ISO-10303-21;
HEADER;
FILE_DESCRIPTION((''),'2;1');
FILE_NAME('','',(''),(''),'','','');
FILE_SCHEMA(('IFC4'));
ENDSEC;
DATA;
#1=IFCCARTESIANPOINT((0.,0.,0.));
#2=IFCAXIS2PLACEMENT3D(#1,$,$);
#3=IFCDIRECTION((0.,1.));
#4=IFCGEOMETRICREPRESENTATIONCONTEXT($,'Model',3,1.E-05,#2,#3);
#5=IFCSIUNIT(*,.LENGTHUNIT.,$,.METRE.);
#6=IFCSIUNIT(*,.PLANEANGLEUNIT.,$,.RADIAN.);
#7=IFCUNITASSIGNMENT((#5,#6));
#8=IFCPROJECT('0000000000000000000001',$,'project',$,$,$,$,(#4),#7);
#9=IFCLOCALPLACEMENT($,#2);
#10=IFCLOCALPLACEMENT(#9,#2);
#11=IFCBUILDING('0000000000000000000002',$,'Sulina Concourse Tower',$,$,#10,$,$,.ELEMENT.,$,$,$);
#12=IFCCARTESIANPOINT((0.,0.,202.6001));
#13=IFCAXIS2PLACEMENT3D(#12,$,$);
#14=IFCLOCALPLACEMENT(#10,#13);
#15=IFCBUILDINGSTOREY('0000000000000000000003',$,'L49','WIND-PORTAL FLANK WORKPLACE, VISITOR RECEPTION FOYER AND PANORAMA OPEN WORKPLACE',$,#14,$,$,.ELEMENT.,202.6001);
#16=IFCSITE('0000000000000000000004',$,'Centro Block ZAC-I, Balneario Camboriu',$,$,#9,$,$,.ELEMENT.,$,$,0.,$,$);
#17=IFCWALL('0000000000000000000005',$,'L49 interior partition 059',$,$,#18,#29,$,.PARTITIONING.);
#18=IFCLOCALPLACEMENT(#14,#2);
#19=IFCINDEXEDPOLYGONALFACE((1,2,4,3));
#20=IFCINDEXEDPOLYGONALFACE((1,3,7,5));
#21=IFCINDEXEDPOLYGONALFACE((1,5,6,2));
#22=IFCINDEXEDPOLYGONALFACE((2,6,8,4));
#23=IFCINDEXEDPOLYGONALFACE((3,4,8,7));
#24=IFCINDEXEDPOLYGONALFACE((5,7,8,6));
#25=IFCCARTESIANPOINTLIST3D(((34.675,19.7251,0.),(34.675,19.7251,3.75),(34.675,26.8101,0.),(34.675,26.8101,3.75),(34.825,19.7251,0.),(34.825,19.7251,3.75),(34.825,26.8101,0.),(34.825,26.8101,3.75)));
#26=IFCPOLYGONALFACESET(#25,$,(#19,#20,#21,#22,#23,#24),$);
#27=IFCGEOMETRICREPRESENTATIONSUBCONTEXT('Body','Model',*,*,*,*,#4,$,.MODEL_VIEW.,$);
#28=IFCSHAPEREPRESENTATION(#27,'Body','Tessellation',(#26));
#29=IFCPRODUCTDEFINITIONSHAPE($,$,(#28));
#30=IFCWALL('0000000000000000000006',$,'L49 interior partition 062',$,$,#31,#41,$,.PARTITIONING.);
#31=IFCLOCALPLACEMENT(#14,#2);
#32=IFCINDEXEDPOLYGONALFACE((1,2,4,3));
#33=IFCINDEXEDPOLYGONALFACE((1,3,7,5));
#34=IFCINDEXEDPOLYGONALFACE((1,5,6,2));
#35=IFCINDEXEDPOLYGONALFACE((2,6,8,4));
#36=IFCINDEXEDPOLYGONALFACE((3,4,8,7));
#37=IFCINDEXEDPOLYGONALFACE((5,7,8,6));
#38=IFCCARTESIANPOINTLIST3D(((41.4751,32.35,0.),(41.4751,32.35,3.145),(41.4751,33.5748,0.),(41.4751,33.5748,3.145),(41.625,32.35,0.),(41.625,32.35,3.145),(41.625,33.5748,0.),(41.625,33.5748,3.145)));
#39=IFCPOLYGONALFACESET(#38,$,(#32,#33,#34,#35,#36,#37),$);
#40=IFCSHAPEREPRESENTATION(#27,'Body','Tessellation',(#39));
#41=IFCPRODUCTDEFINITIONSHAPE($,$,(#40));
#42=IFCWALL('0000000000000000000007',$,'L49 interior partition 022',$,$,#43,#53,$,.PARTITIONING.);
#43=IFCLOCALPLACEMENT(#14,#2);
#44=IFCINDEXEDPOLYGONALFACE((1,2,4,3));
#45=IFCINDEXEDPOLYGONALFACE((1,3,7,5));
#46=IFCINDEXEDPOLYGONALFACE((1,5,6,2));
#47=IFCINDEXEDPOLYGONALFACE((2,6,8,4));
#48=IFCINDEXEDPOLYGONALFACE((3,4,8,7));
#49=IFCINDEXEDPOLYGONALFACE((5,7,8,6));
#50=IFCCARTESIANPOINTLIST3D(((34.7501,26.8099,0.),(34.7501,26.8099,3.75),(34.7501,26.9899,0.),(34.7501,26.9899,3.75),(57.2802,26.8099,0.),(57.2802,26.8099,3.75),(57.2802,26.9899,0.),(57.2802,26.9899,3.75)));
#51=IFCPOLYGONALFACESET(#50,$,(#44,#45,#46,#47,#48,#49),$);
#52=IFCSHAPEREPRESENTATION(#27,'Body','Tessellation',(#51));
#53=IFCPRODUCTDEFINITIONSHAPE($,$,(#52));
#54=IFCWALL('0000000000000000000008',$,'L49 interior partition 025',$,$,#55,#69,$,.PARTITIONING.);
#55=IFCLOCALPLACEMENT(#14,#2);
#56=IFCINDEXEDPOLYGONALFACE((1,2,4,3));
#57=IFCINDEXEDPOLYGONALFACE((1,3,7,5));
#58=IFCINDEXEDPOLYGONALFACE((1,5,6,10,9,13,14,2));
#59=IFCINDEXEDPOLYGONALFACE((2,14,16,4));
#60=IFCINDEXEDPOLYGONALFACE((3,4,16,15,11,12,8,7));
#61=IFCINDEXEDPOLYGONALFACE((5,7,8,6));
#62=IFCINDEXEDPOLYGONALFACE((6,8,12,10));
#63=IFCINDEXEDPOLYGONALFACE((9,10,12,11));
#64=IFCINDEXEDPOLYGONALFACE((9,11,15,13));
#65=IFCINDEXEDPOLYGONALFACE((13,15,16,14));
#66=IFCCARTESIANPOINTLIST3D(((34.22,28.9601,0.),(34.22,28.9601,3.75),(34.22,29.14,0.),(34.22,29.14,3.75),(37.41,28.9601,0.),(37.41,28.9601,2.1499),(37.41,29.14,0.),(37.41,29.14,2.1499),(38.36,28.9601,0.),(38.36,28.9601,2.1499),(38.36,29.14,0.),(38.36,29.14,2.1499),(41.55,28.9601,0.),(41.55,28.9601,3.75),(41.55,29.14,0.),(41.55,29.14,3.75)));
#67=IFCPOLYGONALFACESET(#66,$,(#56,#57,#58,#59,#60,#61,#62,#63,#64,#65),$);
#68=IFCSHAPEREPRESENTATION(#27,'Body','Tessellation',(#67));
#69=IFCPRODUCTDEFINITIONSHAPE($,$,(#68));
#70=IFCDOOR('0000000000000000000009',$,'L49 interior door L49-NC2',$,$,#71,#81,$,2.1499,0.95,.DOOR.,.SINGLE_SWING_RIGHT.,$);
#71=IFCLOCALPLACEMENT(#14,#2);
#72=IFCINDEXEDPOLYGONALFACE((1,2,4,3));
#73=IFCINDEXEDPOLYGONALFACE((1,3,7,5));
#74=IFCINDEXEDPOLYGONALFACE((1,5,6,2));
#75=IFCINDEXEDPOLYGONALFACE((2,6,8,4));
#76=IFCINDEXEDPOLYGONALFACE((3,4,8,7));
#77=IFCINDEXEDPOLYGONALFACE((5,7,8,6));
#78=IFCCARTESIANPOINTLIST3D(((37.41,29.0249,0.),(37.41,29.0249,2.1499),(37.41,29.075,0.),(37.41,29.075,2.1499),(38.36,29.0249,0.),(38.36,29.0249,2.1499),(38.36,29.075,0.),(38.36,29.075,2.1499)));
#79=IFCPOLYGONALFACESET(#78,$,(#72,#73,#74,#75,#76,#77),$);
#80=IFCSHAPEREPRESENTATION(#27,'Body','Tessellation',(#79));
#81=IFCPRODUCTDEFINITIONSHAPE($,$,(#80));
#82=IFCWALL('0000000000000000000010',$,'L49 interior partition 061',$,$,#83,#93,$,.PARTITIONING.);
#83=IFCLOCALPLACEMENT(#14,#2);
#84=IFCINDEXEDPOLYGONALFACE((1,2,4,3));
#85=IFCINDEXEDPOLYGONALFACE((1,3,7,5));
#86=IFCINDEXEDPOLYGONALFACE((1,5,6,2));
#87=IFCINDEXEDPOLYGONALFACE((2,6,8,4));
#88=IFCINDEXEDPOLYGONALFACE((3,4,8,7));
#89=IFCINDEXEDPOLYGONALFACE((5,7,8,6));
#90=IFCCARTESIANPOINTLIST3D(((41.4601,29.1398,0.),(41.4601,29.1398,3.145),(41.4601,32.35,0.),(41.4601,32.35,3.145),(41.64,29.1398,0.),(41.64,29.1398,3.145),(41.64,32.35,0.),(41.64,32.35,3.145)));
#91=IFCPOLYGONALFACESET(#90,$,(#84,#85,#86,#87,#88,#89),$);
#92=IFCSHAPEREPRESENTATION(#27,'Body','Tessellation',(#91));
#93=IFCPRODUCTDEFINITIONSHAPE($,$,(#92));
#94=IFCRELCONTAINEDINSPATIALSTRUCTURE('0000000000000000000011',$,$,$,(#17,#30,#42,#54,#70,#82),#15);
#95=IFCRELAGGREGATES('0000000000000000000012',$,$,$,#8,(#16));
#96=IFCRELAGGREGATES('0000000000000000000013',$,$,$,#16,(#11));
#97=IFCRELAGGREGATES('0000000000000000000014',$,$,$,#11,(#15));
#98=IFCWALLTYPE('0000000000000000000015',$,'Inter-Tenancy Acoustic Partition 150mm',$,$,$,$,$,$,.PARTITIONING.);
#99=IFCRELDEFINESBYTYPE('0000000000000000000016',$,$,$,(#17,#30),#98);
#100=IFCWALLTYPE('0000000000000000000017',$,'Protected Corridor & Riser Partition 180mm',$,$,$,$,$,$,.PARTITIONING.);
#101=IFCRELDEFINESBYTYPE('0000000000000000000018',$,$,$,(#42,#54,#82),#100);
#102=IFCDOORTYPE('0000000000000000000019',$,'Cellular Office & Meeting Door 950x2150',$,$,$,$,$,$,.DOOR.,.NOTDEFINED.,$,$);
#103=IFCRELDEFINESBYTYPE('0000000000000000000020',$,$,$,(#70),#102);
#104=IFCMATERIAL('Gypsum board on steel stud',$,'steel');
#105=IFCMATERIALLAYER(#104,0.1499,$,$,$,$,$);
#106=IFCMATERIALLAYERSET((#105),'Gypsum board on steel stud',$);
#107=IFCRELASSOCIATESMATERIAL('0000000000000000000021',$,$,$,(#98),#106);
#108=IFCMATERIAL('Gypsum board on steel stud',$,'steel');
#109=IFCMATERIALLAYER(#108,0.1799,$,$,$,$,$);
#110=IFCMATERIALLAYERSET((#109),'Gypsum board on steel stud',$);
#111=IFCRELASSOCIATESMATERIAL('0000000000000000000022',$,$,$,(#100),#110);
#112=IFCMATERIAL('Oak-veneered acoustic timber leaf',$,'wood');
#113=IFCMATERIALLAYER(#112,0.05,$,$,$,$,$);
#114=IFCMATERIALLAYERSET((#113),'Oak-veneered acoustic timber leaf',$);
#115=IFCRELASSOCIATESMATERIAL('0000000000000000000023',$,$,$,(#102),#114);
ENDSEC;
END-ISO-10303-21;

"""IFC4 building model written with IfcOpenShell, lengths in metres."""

from ifc_helpers import new_model, si_unit, direction, frame, frame_2d, origin, place, context, subcontext, project, spatial, rectangle, extrude, material, layer, layer_set, type_object, element, fill, save


model = new_model("IFC4")

# Units and contexts
model_context = context("Model", 3, precision=1e-05, world=origin(), true_north=direction((0.0, 1.0)))
body_context = subcontext(model_context, "Body", "Model", "MODEL_VIEW")
ifc_project = project(units=[si_unit("LENGTHUNIT", "METRE"), si_unit("PLANEANGLEUNIT", "RADIAN")], contexts=[model_context])

# Site, building, storey
site_placement = place(None, origin())
site = spatial("IfcSite", under=ifc_project, at=site_placement, Name="Centro Block ZAC-I, Balneario Camboriu", CompositionType="ELEMENT", RefElevation=0.0)
building_placement = place(site_placement, origin())
building = spatial("IfcBuilding", under=site, at=building_placement, Name="Sulina Concourse Tower", CompositionType="ELEMENT")
storey_placement = place(building_placement, frame((0.0, 0.0, 202.6001)))
storey = spatial("IfcBuildingStorey", under=building, at=storey_placement, Name="L49", Description="WIND-PORTAL FLANK WORKPLACE, VISITOR RECEPTION FOYER AND PANORAMA OPEN WORKPLACE", CompositionType="ELEMENT", Elevation=202.6001)

# Walls
ifc_material_1 = material(Name="Gypsum board on steel stud", Category="steel")
ifc_layer_1 = layer(ifc_material_1, 0.1499)
ifc_layer_set_1 = layer_set([ifc_layer_1], Name="Gypsum board on steel stud")
wall_type_1 = type_object("IfcWallType", Name="Inter-Tenancy Acoustic Partition 150mm", PredefinedType="PARTITIONING", material=ifc_layer_set_1)
wall_1_placement = place(storey_placement, frame((34.75, 19.7251, 0.0), z_axis=(0.0, 0.0, 1.0), x_axis=(0.0, 1.0, 0.0)))
element("IfcWall", 1, at=wall_1_placement, inside=storey, type_object=wall_type_1, Name="L49 interior partition 059", PredefinedType="PARTITIONING", context=body_context, shape_type="SweptSolid", body=[
    extrude(rectangle(XDim=7.085, YDim=0.1499, at=frame_2d((3.5425, 0.0))), origin(), (0.0, 0.0, 1.0), 3.75),
])
wall_2_placement = place(storey_placement, frame((41.55, 32.3501, 0.0), z_axis=(0.0, 0.0, 1.0), x_axis=(0.0, 1.0, 0.0)))
element("IfcWall", 2, at=wall_2_placement, inside=storey, type_object=wall_type_1, Name="L49 interior partition 062", PredefinedType="PARTITIONING", context=body_context, shape_type="SweptSolid", body=[
    extrude(rectangle(XDim=1.2249, YDim=0.1499, at=frame_2d((0.6123, 0.0))), origin(), (0.0, 0.0, 1.0), 3.145),
])
ifc_material_2 = material(Name="Gypsum board on steel stud", Category="steel")
ifc_layer_2 = layer(ifc_material_2, 0.1799)
ifc_layer_set_2 = layer_set([ifc_layer_2], Name="Gypsum board on steel stud")
wall_type_2 = type_object("IfcWallType", Name="Protected Corridor & Riser Partition 180mm", PredefinedType="PARTITIONING", material=ifc_layer_set_2)
wall_3_placement = place(storey_placement, frame((34.75, 26.8999, 0.0), z_axis=(0.0, 0.0, 1.0), x_axis=(1.0, 0.0, 0.0)))
element("IfcWall", 3, at=wall_3_placement, inside=storey, type_object=wall_type_2, Name="L49 interior partition 022", PredefinedType="PARTITIONING", context=body_context, shape_type="SweptSolid", body=[
    extrude(rectangle(XDim=22.53, YDim=0.1799, at=frame_2d((11.2651, 0.0))), origin(), (0.0, 0.0, 1.0), 3.75),
])

# Wall, opening, door
wall_4_placement = place(storey_placement, frame((34.22, 29.05, 0.0), z_axis=(0.0, 0.0, 1.0), x_axis=(1.0, 0.0, 0.0)))
wall_4 = element("IfcWall", 4, at=wall_4_placement, inside=storey, type_object=wall_type_2, Name="L49 interior partition 025", PredefinedType="PARTITIONING", context=body_context, shape_type="SweptSolid", body=[
    extrude(rectangle(XDim=7.3301, YDim=0.1799, at=frame_2d((3.665, 0.0))), origin(), (0.0, 0.0, 1.0), 3.75),
])
opening_placement = place(wall_4_placement, frame((3.1899, 0.0, 0.0)))
opening = element("IfcOpeningElement", 5, at=opening_placement, cuts=wall_4, PredefinedType="OPENING", context=body_context, shape_type="SweptSolid", body=[
    extrude(rectangle(XDim=0.95, YDim=2.1499, at=frame_2d((0.4751, 1.075))), frame((0.0, 0.0999, 0.0), z_axis=(0.0, -1.0, 0.0), x_axis=(1.0, 0.0, 0.0)), (0.0, 0.0, 1.0), 0.2),
])
ifc_material_3 = material(Name="Oak-veneered acoustic timber leaf", Category="wood")
ifc_layer_3 = layer(ifc_material_3, 0.05)
ifc_layer_set_3 = layer_set([ifc_layer_3], Name="Oak-veneered acoustic timber leaf")
door_type = type_object("IfcDoorType", Name="Cellular Office & Meeting Door 950x2150", OperationType="NOTDEFINED", PredefinedType="DOOR", material=ifc_layer_set_3)
door_placement = place(opening_placement, origin())
door = element("IfcDoor", 6, at=door_placement, inside=storey, type_object=door_type, Name="L49 interior door L49-NC2", OperationType="SINGLE_SWING_RIGHT", OverallHeight=2.1499, OverallWidth=0.95, PredefinedType="DOOR", context=body_context, shape_type="SweptSolid", body=[
    extrude(rectangle(XDim=0.95, YDim=2.1499, at=frame_2d((0.4751, 1.075))), frame((0.0, 0.0249, 0.0), z_axis=(0.0, -1.0, 0.0), x_axis=(1.0, 0.0, 0.0)), (0.0, 0.0, 1.0), 0.05),
])
fill(opening, door)

# Wall
wall_5_placement = place(storey_placement, frame((41.55, 29.1399, 0.0), z_axis=(0.0, 0.0, 1.0), x_axis=(0.0, 1.0, 0.0)))
element("IfcWall", 7, at=wall_5_placement, inside=storey, type_object=wall_type_2, Name="L49 interior partition 061", PredefinedType="PARTITIONING", context=body_context, shape_type="SweptSolid", body=[
    extrude(rectangle(XDim=3.2102, YDim=0.1799, at=frame_2d((1.605, 0.0))), origin(), (0.0, 0.0, 1.0), 3.145),
])

save(model, "model.ifc")
